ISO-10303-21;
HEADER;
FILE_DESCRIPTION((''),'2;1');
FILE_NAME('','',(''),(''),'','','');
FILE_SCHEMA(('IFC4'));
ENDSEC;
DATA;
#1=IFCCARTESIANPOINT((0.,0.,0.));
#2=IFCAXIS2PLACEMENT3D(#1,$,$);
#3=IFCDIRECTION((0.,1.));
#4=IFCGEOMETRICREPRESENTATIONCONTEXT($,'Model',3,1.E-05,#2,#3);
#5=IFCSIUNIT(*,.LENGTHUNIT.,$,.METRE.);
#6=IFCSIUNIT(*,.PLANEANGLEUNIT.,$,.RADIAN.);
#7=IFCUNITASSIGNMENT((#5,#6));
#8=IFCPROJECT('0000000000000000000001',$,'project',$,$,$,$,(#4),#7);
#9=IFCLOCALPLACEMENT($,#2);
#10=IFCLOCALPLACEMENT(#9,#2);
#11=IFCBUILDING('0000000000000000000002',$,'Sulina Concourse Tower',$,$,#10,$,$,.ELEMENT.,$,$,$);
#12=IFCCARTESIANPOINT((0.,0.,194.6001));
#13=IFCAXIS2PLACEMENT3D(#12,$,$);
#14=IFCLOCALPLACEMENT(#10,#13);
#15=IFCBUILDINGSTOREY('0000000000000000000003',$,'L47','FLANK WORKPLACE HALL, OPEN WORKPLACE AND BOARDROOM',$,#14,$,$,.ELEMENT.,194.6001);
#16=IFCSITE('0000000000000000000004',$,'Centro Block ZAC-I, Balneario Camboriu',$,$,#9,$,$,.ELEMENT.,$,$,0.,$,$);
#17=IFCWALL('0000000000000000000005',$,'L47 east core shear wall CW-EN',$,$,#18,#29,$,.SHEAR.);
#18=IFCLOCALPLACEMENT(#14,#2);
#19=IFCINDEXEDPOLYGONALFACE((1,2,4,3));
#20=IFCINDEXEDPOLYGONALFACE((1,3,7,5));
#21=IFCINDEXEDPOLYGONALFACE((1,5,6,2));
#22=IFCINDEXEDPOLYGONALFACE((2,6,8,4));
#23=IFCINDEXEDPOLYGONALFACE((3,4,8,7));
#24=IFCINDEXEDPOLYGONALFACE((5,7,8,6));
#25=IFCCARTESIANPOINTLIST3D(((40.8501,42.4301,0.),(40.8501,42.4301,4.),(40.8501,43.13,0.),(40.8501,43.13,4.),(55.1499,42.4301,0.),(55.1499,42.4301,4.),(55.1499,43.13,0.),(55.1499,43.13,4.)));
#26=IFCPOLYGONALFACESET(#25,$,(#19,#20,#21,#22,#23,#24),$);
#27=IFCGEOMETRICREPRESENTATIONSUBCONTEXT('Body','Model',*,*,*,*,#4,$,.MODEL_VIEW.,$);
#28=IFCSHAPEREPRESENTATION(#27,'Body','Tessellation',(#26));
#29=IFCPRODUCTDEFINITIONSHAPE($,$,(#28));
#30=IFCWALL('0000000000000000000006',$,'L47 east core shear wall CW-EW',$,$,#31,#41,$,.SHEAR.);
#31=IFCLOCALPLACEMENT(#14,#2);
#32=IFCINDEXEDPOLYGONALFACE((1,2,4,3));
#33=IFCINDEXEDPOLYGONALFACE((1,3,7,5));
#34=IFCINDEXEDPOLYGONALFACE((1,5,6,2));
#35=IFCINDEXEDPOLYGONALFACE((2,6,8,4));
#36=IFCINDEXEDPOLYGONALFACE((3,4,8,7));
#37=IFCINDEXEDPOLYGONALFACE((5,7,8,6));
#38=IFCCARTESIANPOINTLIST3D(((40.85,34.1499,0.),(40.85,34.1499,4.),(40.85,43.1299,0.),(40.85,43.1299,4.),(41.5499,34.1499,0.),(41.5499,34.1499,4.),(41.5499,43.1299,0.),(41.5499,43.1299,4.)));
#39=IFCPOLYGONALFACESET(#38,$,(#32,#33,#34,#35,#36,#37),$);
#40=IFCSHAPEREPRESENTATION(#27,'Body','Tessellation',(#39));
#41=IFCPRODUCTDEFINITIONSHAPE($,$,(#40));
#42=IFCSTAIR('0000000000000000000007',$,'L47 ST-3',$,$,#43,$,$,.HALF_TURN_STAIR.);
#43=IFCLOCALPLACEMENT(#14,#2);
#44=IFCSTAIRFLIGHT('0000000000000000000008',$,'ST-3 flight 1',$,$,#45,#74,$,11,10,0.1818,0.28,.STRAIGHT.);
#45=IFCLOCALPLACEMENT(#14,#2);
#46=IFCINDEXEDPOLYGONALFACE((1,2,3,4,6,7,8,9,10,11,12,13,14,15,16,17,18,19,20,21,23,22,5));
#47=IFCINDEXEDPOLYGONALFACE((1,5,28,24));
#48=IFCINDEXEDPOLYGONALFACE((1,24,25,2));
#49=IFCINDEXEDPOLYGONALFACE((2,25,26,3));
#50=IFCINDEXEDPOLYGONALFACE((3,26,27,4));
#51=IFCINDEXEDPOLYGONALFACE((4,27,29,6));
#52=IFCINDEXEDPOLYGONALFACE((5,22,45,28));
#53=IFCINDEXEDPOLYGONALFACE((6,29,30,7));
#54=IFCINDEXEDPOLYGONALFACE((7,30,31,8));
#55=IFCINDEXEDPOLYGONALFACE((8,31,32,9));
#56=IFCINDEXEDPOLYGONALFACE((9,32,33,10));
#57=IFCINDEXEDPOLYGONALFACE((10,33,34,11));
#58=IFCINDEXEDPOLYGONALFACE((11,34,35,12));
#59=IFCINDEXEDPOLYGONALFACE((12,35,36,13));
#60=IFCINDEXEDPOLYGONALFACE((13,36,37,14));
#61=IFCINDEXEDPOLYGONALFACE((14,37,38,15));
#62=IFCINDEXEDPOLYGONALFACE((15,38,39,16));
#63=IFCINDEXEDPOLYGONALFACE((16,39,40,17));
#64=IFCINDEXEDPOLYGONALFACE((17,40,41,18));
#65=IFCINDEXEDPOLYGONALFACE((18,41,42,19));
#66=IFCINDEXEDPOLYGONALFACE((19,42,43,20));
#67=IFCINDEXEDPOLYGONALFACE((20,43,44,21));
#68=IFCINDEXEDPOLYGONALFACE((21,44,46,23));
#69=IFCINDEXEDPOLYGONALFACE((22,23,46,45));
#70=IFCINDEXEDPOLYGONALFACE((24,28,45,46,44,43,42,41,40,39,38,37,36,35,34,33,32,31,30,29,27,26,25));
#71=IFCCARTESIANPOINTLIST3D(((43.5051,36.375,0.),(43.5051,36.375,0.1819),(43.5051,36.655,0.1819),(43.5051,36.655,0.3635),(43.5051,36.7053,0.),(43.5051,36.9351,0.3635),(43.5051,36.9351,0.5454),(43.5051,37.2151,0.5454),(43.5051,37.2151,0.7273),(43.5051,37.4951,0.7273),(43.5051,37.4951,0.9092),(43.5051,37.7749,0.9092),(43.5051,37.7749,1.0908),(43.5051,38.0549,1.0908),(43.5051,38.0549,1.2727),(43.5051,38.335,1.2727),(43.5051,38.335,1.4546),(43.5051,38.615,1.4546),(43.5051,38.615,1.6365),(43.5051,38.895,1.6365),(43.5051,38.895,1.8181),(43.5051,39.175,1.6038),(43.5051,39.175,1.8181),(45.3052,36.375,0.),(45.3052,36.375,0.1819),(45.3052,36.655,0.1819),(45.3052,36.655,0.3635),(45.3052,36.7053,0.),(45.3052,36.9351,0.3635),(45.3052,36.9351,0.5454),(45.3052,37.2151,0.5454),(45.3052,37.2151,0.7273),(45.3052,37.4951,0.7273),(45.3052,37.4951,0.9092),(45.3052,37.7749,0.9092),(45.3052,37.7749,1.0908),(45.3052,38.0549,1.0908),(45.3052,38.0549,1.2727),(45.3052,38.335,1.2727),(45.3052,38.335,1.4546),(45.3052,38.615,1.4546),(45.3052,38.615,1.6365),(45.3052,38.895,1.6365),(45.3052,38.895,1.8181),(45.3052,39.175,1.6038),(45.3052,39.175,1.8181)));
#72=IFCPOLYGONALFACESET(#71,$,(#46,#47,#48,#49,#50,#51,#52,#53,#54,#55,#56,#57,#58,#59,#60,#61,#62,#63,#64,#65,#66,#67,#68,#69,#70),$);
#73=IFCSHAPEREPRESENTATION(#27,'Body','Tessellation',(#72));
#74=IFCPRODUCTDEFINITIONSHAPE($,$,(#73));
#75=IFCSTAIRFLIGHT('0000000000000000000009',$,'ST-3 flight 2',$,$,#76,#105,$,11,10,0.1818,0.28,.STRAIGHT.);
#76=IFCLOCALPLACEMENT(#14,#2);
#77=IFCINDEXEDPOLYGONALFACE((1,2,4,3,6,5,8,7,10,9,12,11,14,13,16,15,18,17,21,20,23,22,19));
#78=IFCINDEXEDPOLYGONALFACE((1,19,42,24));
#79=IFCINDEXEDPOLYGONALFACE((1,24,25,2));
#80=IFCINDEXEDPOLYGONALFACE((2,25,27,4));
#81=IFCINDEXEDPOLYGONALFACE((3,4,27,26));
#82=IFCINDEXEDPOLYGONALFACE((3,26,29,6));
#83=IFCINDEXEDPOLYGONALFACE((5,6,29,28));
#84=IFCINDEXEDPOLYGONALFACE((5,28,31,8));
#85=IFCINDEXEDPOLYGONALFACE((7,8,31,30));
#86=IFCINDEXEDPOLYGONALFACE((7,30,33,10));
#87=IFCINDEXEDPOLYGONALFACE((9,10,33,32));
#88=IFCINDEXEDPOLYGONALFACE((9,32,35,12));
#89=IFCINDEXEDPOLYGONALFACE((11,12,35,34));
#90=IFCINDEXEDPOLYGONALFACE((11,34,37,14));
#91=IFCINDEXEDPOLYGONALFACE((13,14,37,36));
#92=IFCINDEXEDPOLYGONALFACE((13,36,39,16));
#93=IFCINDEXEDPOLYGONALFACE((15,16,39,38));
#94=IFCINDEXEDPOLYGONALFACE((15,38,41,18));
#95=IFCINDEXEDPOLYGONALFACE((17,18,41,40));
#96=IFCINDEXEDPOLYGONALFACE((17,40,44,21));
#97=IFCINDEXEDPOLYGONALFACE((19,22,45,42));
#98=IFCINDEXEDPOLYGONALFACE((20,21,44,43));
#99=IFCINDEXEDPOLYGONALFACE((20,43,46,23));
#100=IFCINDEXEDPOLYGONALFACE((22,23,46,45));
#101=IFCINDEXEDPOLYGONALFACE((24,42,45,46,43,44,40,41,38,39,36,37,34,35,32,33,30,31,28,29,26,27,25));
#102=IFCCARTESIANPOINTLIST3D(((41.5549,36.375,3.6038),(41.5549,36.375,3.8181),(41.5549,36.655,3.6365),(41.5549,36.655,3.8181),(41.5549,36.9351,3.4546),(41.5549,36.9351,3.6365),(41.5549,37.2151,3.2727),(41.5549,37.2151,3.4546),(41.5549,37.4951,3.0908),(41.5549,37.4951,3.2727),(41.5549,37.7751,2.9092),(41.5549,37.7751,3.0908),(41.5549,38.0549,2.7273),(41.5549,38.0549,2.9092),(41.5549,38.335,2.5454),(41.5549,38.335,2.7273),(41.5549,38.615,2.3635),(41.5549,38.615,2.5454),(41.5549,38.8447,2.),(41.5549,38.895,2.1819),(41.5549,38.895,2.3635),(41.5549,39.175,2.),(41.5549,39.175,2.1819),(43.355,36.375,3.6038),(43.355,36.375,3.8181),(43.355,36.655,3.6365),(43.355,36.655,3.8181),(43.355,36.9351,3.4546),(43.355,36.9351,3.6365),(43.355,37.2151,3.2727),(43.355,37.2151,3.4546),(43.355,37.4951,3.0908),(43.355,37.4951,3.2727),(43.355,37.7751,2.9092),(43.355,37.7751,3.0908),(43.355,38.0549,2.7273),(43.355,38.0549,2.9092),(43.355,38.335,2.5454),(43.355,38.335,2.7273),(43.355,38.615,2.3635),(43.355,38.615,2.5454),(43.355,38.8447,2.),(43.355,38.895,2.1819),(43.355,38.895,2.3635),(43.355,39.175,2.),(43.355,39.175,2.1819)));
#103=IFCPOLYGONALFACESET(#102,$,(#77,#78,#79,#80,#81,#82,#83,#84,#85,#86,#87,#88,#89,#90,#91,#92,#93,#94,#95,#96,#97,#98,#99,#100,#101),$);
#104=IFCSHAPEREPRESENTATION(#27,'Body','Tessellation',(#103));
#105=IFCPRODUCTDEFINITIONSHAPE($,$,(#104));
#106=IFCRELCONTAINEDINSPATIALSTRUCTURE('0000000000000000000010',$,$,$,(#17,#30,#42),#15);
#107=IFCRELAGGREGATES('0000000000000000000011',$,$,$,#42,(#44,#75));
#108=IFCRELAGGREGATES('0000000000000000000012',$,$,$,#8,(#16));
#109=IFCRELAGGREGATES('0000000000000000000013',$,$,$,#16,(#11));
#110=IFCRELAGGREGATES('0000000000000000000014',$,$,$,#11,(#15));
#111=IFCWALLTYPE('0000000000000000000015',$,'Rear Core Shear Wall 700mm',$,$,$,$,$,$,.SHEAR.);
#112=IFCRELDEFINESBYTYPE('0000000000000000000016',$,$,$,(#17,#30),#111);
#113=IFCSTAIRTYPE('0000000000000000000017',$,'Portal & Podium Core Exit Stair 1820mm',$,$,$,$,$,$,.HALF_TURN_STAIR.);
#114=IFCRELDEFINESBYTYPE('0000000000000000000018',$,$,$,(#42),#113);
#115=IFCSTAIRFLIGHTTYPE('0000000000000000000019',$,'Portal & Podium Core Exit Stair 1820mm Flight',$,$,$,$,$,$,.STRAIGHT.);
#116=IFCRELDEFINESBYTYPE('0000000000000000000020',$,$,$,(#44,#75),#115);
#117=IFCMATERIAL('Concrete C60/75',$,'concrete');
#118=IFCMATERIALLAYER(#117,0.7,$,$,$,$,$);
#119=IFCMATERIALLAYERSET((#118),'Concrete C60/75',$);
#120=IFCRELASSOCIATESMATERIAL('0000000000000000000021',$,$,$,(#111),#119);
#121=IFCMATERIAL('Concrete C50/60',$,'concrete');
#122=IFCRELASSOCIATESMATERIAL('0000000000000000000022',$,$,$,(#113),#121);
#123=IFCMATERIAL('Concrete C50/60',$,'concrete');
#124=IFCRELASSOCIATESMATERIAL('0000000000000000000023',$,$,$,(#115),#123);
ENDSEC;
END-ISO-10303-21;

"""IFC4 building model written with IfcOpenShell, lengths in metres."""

from ifc_helpers import new_model, si_unit, direction, frame, frame_2d, origin, place, context, subcontext, project, spatial, polyline, rectangle, outline, extrude, material, layer, layer_set, type_object, element, aggregate, save


model = new_model("IFC4")

# Units and contexts
model_context = context("Model", 3, precision=1e-05, world=origin(), true_north=direction((0.0, 1.0)))
body_context = subcontext(model_context, "Body", "Model", "MODEL_VIEW")
ifc_project = project(units=[si_unit("LENGTHUNIT", "METRE"), si_unit("PLANEANGLEUNIT", "RADIAN")], contexts=[model_context])

# Site, building, storey
site_placement = place(None, origin())
site = spatial("IfcSite", under=ifc_project, at=site_placement, Name="Centro Block ZAC-I, Balneario Camboriu", CompositionType="ELEMENT", RefElevation=0.0)
building_placement = place(site_placement, origin())
building = spatial("IfcBuilding", under=site, at=building_placement, Name="Sulina Concourse Tower", CompositionType="ELEMENT")
storey_placement = place(building_placement, frame((0.0, 0.0, 194.6001)))
storey = spatial("IfcBuildingStorey", under=building, at=storey_placement, Name="L47", Description="FLANK WORKPLACE HALL, OPEN WORKPLACE AND BOARDROOM", CompositionType="ELEMENT", Elevation=194.6001)

# Walls
ifc_material_1 = material(Name="Concrete C60/75", Category="concrete")
ifc_layer_1 = layer(ifc_material_1, 0.7)
ifc_layer_set_1 = layer_set([ifc_layer_1], Name="Concrete C60/75")
wall_type_1 = type_object("IfcWallType", Name="Rear Core Shear Wall 700mm", PredefinedType="SHEAR", material=ifc_layer_set_1)
wall_1_placement = place(storey_placement, frame((40.8501, 42.78, 0.0), z_axis=(0.0, 0.0, 1.0), x_axis=(1.0, 0.0, 0.0)))
element("IfcWall", 1, at=wall_1_placement, inside=storey, type_object=wall_type_1, Name="L47 east core shear wall CW-EN", PredefinedType="SHEAR", context=body_context, shape_type="SweptSolid", body=[
    extrude(rectangle(XDim=14.2998, YDim=0.7, at=frame_2d((7.1499, 0.0))), origin(), (0.0, 0.0, 1.0), 4.0),
])
wall_2_placement = place(storey_placement, frame((41.2, 34.1499, 0.0), z_axis=(0.0, 0.0, 1.0), x_axis=(0.0, 1.0, 0.0)))
element("IfcWall", 2, at=wall_2_placement, inside=storey, type_object=wall_type_1, Name="L47 east core shear wall CW-EW", PredefinedType="SHEAR", context=body_context, shape_type="SweptSolid", body=[
    extrude(rectangle(XDim=8.98, YDim=0.7, at=frame_2d((4.49, 0.0))), origin(), (0.0, 0.0, 1.0), 4.0),
])

# Stair, stair flights
ifc_material_2 = material(Name="Concrete C50/60", Category="concrete")
stair_type = type_object("IfcStairType", Name="Portal & Podium Core Exit Stair 1820mm", PredefinedType="HALF_TURN_STAIR", material=ifc_material_2)
stair_placement = place(storey_placement, origin())
stair = element("IfcStair", 3, at=stair_placement, inside=storey, type_object=stair_type, Name="L47 ST-3", PredefinedType="HALF_TURN_STAIR")
ifc_material_3 = material(Name="Concrete C50/60", Category="concrete")
stair_flight_type = type_object("IfcStairFlightType", Name="Portal & Podium Core Exit Stair 1820mm Flight", PredefinedType="STRAIGHT", material=ifc_material_3)
stair_flight_1_placement = place(storey_placement, frame((44.405, 36.375, 0.0), z_axis=(0.0, 0.0, 1.0), x_axis=(0.0, 1.0, 0.0)))
stair_flight_1 = element("IfcStairFlight", 4, at=stair_flight_1_placement, type_object=stair_flight_type, Name="ST-3 flight 1", NumberOfRisers=11, NumberOfTreads=10, PredefinedType="STRAIGHT", RiserHeight=0.1818, TreadLength=0.28, context=body_context, shape_type="SweptSolid", body=[
    extrude(outline(polyline([(0.0, 0.0), (0.0, 0.1819), (0.28, 0.1819), (0.28, 0.3635), (0.5601, 0.3635), (0.5601, 0.5454), (0.8401, 0.5454), (0.8401, 0.7273), (1.1201, 0.7273), (1.1201, 0.9092), (1.3999, 0.9092), (1.3999, 1.0908), (1.6799, 1.0908), (1.6799, 1.2727), (1.96, 1.2727), (1.96, 1.4546), (2.24, 1.4546), (2.24, 1.6365), (2.52, 1.6365), (2.52, 1.8181), (2.8, 1.8181), (2.8, 2.0), (2.8, 1.6038), (0.3303, 0.0), (0.0, 0.0)])), frame((0.0, 0.8999, 0.0), z_axis=(0.0, -1.0, 0.0), x_axis=(1.0, 0.0, 0.0)), (0.0, 0.0, 1.0), 1.8),
])
stair_flight_2_placement = place(storey_placement, frame((42.4551, 39.175, 2.0), z_axis=(0.0, 0.0, 1.0), x_axis=(0.0, -1.0, 0.0)))
stair_flight_2 = element("IfcStairFlight", 5, at=stair_flight_2_placement, type_object=stair_flight_type, Name="ST-3 flight 2", NumberOfRisers=11, NumberOfTreads=10, PredefinedType="STRAIGHT", RiserHeight=0.1818, TreadLength=0.28, context=body_context, shape_type="SweptSolid", body=[
    extrude(outline(polyline([(0.0, 0.0), (0.0, 0.1819), (0.28, 0.1819), (0.28, 0.3635), (0.5601, 0.3635), (0.5601, 0.5454), (0.8401, 0.5454), (0.8401, 0.7273), (1.1201, 0.7273), (1.1201, 0.9092), (1.3999, 0.9092), (1.3999, 1.0908), (1.6799, 1.0908), (1.6799, 1.2727), (1.96, 1.2727), (1.96, 1.4546), (2.24, 1.4546), (2.24, 1.6365), (2.52, 1.6365), (2.52, 1.8181), (2.8, 1.8181), (2.8, 2.0), (2.8, 1.6038), (0.3303, 0.0), (0.0, 0.0)])), frame((0.0, 0.8999, 0.0), z_axis=(0.0, -1.0, 0.0), x_axis=(1.0, 0.0, 0.0)), (0.0, 0.0, 1.0), 1.8),
])
aggregate(stair, [stair_flight_1, stair_flight_2])

save(model, "model.ifc")
